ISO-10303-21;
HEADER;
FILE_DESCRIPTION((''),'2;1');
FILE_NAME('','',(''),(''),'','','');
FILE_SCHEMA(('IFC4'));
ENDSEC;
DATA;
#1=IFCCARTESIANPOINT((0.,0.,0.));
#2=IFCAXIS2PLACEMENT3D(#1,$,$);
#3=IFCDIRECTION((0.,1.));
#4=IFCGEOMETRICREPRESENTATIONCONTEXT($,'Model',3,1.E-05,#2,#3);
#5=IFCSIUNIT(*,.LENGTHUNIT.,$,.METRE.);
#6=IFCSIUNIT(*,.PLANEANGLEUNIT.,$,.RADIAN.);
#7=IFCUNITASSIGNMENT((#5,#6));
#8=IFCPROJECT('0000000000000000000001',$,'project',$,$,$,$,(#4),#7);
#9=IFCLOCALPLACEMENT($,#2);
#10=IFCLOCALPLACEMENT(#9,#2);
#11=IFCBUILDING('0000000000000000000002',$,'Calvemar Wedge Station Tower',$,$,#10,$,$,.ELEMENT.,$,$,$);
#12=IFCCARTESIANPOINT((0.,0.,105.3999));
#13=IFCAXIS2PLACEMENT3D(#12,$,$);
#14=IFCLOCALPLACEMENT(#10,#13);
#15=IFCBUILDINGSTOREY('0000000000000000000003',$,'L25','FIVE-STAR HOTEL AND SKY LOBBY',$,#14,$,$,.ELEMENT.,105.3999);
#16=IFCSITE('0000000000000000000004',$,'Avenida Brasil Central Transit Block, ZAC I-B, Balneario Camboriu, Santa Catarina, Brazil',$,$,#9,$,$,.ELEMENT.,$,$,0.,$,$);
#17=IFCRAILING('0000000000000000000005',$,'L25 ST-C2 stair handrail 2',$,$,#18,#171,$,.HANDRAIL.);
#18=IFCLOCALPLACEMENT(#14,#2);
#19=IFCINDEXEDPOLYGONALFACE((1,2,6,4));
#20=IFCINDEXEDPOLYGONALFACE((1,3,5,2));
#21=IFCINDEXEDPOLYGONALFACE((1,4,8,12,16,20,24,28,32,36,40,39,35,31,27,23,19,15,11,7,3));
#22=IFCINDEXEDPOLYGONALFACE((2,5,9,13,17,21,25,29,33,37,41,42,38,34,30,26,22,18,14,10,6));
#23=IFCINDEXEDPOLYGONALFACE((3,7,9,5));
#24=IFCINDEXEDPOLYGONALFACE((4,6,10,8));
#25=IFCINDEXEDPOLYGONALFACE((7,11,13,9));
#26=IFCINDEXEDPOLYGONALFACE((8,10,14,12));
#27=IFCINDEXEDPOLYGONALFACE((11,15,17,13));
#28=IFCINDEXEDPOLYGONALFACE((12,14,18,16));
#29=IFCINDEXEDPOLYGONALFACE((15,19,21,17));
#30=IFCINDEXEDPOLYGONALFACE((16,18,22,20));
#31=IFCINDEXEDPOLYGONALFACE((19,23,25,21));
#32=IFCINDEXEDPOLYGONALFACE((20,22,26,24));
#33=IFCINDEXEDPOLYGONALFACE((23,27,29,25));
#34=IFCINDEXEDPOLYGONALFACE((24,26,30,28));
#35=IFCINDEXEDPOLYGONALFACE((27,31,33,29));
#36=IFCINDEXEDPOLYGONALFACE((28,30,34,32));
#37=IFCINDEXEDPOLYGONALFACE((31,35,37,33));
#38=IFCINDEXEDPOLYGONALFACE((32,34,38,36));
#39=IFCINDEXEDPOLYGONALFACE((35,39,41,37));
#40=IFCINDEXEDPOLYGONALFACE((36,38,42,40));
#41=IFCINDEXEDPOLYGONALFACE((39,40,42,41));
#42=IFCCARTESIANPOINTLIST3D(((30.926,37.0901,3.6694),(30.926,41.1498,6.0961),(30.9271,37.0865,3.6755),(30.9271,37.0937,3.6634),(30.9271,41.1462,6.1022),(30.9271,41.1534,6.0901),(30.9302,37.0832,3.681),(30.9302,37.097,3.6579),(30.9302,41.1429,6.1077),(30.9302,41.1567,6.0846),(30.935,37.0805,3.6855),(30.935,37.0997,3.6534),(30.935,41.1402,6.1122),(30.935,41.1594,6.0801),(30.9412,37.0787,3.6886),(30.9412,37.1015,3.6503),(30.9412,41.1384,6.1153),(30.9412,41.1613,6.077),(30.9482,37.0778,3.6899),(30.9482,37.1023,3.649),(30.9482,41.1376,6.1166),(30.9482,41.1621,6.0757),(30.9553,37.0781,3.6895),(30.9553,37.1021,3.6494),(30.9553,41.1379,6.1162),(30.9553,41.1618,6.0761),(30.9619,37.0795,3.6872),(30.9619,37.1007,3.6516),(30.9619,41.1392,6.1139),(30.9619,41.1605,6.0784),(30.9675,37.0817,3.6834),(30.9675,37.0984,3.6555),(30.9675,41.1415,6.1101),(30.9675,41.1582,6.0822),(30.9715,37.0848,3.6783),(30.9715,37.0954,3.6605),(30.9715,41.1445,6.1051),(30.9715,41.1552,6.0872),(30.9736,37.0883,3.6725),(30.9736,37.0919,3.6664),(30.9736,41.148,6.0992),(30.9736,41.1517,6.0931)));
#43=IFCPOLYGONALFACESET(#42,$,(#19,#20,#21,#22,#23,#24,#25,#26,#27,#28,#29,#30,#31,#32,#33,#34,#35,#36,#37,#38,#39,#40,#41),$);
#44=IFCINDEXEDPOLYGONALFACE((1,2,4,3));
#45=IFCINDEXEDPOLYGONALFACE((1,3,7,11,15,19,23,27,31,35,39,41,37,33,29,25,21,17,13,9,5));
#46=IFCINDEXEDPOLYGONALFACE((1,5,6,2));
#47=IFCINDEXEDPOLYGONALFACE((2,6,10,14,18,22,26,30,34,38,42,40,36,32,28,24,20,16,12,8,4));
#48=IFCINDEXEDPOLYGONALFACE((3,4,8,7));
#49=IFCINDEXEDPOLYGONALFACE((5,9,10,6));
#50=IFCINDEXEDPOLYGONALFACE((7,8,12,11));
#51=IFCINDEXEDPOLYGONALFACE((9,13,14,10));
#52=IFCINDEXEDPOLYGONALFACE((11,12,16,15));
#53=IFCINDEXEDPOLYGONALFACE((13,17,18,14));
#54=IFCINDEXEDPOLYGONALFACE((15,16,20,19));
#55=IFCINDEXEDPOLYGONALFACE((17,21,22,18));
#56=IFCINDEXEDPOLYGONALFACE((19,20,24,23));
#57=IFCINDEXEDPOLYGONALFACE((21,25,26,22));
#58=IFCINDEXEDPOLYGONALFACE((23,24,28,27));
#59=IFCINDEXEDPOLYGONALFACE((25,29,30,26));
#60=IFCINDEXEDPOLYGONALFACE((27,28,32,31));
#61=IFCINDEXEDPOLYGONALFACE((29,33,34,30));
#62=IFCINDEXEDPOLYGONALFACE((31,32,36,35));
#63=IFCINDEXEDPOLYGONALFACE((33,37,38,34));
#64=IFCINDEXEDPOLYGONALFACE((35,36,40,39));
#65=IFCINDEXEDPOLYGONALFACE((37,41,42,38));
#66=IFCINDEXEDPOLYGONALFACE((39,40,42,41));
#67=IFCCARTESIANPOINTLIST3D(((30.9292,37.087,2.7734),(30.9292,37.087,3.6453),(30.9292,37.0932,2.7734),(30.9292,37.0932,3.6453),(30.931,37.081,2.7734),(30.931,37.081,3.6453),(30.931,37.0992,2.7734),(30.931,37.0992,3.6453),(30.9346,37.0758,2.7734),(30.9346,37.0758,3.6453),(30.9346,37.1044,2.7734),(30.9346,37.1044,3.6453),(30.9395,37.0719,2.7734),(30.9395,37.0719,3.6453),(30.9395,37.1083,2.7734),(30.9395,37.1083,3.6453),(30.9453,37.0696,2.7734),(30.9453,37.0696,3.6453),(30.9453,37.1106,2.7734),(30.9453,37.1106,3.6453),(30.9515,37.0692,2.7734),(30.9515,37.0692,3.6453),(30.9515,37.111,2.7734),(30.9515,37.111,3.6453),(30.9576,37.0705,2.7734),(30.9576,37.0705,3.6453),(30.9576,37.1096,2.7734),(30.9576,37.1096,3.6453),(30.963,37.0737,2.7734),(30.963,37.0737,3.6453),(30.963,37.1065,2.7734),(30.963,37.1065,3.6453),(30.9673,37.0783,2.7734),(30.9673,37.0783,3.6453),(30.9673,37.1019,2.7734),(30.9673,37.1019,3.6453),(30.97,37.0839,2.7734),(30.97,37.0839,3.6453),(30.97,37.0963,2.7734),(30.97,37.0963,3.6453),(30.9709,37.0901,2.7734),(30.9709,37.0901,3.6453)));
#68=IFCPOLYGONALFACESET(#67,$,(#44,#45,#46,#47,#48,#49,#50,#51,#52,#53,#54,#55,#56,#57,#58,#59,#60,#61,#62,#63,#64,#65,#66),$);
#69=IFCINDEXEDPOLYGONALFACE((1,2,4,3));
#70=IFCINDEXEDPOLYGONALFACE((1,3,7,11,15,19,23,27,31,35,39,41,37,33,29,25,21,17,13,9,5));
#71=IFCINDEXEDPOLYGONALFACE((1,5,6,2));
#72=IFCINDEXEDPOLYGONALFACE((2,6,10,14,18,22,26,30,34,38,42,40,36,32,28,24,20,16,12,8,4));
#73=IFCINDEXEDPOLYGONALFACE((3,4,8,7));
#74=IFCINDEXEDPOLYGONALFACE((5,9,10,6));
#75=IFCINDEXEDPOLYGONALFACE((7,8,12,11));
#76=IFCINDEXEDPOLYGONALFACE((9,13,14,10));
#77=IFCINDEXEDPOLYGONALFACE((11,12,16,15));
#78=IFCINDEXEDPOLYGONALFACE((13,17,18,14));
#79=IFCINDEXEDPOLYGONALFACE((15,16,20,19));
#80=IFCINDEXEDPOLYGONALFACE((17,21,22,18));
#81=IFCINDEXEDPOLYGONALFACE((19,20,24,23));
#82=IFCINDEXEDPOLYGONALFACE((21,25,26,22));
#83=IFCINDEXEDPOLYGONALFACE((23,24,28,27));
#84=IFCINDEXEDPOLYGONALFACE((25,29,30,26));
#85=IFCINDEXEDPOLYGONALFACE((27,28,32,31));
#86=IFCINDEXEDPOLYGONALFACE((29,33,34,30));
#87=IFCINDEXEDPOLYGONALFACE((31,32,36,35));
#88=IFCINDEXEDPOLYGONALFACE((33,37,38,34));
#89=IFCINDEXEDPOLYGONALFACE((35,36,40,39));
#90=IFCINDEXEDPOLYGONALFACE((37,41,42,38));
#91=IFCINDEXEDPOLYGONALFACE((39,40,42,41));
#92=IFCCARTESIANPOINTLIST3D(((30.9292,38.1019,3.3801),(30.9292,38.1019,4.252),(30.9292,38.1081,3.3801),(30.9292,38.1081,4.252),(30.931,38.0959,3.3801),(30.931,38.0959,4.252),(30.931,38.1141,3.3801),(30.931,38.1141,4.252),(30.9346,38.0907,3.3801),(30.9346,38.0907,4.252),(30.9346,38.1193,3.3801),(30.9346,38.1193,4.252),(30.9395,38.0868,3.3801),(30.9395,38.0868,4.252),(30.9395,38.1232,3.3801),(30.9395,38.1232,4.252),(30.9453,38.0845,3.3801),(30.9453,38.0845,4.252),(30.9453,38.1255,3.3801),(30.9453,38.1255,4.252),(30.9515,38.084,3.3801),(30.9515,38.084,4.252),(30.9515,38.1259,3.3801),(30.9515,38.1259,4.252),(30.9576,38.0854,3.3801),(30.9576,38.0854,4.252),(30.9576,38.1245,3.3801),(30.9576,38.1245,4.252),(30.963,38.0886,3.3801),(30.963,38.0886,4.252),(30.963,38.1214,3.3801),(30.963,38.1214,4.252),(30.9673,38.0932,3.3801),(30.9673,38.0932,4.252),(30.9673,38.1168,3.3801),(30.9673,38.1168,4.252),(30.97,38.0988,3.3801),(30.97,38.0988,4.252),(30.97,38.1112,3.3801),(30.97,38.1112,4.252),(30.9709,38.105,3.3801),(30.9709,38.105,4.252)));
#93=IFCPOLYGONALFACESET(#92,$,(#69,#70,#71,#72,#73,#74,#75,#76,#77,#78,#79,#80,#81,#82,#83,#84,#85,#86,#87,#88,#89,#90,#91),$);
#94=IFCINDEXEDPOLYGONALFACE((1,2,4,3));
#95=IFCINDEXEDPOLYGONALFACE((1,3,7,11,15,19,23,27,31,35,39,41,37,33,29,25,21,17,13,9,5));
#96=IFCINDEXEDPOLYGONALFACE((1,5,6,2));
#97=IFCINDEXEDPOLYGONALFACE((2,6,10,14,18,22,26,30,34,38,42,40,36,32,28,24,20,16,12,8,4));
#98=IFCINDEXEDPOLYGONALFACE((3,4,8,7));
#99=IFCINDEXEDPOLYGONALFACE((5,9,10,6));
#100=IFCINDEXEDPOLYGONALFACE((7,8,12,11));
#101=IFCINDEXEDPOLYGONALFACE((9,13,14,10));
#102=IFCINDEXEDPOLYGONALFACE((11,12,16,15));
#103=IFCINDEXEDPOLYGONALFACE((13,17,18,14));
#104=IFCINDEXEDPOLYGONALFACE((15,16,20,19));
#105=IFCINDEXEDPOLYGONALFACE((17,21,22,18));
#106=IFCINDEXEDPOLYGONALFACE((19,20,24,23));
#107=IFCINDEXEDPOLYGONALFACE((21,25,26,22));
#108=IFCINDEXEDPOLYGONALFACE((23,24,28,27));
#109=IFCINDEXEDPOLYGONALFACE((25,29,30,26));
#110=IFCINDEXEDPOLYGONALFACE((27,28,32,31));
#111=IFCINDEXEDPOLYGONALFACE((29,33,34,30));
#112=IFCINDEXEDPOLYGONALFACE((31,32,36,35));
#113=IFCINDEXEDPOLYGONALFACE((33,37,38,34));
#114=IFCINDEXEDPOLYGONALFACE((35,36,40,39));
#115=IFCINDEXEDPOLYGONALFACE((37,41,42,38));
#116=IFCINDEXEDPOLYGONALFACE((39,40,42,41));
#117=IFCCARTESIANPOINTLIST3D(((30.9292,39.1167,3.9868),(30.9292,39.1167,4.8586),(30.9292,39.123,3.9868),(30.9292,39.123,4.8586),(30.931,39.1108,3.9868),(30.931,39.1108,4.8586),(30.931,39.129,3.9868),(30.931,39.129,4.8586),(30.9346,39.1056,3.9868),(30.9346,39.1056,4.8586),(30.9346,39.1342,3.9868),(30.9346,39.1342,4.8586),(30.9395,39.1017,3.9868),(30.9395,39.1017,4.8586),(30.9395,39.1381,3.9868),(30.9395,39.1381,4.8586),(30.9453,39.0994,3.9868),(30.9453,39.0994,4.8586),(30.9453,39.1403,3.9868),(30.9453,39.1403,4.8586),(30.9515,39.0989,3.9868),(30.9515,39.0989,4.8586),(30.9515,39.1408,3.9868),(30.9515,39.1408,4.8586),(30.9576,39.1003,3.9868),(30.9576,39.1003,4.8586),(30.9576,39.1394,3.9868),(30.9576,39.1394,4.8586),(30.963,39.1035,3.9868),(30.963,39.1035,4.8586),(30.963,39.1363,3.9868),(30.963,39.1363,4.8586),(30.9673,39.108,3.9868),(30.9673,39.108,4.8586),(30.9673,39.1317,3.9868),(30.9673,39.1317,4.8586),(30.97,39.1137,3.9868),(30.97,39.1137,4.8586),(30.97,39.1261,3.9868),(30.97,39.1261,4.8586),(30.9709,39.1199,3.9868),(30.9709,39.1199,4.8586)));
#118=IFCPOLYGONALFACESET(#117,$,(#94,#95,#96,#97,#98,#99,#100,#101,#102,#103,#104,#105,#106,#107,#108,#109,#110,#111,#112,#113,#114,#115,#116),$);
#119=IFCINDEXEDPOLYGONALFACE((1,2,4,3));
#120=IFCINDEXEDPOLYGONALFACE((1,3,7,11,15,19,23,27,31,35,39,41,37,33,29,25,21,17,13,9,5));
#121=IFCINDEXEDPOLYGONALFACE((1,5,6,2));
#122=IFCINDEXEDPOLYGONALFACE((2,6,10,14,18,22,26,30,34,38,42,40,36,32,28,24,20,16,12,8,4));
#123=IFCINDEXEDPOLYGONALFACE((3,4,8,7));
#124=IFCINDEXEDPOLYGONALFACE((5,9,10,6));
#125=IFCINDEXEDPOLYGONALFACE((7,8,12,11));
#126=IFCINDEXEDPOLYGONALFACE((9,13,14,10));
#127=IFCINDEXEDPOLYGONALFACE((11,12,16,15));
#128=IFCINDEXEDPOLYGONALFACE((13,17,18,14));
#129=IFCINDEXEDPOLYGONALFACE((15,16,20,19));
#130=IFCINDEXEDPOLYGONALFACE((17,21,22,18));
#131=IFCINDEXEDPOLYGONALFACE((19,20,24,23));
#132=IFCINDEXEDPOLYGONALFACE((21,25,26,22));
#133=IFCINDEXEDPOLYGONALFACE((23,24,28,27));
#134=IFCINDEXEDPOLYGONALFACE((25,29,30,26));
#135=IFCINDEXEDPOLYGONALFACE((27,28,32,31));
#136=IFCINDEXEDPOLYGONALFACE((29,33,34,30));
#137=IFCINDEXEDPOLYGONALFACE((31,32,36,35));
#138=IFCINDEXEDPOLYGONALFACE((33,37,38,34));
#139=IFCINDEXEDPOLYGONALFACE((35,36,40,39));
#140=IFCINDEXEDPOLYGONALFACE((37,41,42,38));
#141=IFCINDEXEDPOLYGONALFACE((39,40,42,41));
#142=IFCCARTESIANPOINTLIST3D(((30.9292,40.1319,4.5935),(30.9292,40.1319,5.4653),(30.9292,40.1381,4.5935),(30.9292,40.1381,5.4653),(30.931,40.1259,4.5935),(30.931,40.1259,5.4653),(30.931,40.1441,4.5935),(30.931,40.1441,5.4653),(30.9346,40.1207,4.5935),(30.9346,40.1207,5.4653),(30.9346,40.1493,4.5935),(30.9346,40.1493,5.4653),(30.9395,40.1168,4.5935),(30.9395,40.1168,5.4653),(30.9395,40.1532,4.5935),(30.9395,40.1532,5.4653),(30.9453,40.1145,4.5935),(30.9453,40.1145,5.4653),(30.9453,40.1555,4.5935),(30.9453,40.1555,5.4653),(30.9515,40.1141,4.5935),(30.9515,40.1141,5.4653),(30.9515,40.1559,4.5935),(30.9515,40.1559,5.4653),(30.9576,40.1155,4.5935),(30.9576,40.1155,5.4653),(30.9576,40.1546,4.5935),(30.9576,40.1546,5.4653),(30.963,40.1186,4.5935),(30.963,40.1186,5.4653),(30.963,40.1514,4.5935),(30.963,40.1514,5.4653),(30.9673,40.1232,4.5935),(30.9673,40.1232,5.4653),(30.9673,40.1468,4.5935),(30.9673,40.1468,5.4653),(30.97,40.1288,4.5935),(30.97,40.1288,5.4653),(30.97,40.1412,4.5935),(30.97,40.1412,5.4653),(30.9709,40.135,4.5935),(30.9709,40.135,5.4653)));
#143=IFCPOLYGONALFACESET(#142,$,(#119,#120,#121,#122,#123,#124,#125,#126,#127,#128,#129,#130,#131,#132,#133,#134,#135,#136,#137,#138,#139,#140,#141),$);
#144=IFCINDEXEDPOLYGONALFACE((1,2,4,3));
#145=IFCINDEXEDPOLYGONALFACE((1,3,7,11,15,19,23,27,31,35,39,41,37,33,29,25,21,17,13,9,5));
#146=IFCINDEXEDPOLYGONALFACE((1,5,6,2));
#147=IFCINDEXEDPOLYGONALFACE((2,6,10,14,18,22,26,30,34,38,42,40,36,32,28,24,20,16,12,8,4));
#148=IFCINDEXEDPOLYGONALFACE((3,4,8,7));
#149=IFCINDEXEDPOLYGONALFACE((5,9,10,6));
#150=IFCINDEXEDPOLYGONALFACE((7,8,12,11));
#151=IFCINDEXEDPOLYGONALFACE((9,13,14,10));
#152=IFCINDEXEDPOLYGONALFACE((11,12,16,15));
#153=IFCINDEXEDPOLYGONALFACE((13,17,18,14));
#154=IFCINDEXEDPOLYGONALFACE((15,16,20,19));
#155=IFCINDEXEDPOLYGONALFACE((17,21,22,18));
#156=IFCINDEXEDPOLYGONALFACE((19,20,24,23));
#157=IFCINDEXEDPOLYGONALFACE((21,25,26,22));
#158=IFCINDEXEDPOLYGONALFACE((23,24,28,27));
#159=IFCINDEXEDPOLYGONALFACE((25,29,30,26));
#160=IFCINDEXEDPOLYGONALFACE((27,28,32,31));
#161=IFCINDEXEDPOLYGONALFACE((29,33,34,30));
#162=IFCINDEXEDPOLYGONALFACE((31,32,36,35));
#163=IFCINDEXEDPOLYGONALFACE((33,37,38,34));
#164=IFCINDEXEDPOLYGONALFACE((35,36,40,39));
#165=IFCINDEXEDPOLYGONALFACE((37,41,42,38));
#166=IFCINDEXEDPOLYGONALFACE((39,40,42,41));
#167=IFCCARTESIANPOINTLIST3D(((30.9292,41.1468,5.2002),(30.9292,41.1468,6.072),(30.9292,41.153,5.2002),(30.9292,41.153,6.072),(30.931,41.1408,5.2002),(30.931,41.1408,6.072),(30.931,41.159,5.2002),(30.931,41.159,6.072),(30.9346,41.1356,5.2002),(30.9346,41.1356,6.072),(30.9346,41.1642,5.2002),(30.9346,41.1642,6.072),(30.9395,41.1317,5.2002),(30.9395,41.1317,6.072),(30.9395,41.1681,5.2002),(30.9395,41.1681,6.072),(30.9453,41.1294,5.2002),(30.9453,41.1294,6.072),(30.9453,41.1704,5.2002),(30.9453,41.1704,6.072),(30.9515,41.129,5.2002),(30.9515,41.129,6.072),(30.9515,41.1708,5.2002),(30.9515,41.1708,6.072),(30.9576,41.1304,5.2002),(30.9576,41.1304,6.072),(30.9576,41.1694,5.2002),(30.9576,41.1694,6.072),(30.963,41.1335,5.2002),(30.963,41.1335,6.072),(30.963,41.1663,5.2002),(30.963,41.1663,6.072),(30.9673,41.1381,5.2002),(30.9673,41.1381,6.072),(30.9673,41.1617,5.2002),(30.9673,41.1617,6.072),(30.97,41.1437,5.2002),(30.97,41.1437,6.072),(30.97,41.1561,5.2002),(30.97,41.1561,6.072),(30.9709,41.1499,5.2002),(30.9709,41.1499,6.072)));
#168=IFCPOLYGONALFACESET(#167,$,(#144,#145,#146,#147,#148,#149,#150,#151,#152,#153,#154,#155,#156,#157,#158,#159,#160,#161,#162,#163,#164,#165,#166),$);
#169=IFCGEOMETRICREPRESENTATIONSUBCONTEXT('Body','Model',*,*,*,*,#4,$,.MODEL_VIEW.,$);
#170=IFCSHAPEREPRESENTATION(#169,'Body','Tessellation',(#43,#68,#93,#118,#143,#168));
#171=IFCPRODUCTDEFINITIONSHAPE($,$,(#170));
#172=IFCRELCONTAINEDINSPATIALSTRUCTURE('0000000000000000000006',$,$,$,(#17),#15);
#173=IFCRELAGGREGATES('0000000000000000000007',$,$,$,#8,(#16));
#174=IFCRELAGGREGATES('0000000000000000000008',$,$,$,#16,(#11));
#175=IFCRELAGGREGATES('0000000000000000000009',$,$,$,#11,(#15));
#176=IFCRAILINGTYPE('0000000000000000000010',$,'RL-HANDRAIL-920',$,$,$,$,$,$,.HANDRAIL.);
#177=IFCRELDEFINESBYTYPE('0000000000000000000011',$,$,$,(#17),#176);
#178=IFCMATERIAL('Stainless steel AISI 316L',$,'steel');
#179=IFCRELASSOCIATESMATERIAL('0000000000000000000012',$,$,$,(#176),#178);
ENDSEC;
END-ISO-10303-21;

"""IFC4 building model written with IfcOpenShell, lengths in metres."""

from ifc_helpers import new_model, si_unit, direction, frame, origin, origin_2d, place, context, subcontext, project, spatial, circle, extrude, material, type_object, element, save


model = new_model("IFC4")

# Units and contexts
model_context = context("Model", 3, precision=1e-05, world=origin(), true_north=direction((0.0, 1.0)))
body_context = subcontext(model_context, "Body", "Model", "MODEL_VIEW")
ifc_project = project(units=[si_unit("LENGTHUNIT", "METRE"), si_unit("PLANEANGLEUNIT", "RADIAN")], contexts=[model_context])

# Site, building, storey
site_placement = place(None, origin())
site = spatial("IfcSite", under=ifc_project, at=site_placement, Name="Avenida Brasil Central Transit Block, ZAC I-B, Balneario Camboriu, Santa Catarina, Brazil", CompositionType="ELEMENT", RefElevation=0.0)
building_placement = place(site_placement, origin())
building = spatial("IfcBuilding", under=site, at=building_placement, Name="Calvemar Wedge Station Tower", CompositionType="ELEMENT")
storey_placement = place(building_placement, frame((0.0, 0.0, 105.3999)))
storey = spatial("IfcBuildingStorey", under=building, at=storey_placement, Name="L25", Description="FIVE-STAR HOTEL AND SKY LOBBY", CompositionType="ELEMENT", Elevation=105.3999)

# Railing
ifc_material_1 = material(Name="Stainless steel AISI 316L", Category="steel")
railing_type_1 = type_object("IfcRailingType", Name="RL-HANDRAIL-920", PredefinedType="HANDRAIL", material=ifc_material_1)
railing_1_placement = place(storey_placement, frame((30.95, 37.0901, 2.7734)))
element("IfcRailing", 1, at=railing_1_placement, inside=storey, type_object=railing_type_1, Name="L25 ST-C2 stair handrail 2", PredefinedType="HANDRAIL", context=body_context, shape_type="SweptSolid", body=[
    extrude(circle(Radius=0.0239, at=origin_2d()), frame((0.0, 0.0, 0.896), z_axis=(0.0, 0.858343, 0.513076), x_axis=(-1.0, 0.0, 0.0)), (0.0, 0.0, 1.0), 4.7297),
    extrude(circle(Radius=0.021, at=origin_2d()), origin(), (0.0, 0.0, 1.0), 0.8718),
    extrude(circle(Radius=0.021, at=origin_2d()), frame((0.0, 1.0149, 0.6067)), (0.0, 0.0, 1.0), 0.8718),
    extrude(circle(Radius=0.021, at=origin_2d()), frame((0.0, 2.0298, 1.2134)), (0.0, 0.0, 1.0), 0.8718),
    extrude(circle(Radius=0.021, at=origin_2d()), frame((0.0, 3.0449, 1.8201)), (0.0, 0.0, 1.0), 0.8718),
    extrude(circle(Radius=0.021, at=origin_2d()), frame((0.0, 4.0598, 2.4268)), (0.0, 0.0, 1.0), 0.8718),
])

save(model, "model.ifc")
